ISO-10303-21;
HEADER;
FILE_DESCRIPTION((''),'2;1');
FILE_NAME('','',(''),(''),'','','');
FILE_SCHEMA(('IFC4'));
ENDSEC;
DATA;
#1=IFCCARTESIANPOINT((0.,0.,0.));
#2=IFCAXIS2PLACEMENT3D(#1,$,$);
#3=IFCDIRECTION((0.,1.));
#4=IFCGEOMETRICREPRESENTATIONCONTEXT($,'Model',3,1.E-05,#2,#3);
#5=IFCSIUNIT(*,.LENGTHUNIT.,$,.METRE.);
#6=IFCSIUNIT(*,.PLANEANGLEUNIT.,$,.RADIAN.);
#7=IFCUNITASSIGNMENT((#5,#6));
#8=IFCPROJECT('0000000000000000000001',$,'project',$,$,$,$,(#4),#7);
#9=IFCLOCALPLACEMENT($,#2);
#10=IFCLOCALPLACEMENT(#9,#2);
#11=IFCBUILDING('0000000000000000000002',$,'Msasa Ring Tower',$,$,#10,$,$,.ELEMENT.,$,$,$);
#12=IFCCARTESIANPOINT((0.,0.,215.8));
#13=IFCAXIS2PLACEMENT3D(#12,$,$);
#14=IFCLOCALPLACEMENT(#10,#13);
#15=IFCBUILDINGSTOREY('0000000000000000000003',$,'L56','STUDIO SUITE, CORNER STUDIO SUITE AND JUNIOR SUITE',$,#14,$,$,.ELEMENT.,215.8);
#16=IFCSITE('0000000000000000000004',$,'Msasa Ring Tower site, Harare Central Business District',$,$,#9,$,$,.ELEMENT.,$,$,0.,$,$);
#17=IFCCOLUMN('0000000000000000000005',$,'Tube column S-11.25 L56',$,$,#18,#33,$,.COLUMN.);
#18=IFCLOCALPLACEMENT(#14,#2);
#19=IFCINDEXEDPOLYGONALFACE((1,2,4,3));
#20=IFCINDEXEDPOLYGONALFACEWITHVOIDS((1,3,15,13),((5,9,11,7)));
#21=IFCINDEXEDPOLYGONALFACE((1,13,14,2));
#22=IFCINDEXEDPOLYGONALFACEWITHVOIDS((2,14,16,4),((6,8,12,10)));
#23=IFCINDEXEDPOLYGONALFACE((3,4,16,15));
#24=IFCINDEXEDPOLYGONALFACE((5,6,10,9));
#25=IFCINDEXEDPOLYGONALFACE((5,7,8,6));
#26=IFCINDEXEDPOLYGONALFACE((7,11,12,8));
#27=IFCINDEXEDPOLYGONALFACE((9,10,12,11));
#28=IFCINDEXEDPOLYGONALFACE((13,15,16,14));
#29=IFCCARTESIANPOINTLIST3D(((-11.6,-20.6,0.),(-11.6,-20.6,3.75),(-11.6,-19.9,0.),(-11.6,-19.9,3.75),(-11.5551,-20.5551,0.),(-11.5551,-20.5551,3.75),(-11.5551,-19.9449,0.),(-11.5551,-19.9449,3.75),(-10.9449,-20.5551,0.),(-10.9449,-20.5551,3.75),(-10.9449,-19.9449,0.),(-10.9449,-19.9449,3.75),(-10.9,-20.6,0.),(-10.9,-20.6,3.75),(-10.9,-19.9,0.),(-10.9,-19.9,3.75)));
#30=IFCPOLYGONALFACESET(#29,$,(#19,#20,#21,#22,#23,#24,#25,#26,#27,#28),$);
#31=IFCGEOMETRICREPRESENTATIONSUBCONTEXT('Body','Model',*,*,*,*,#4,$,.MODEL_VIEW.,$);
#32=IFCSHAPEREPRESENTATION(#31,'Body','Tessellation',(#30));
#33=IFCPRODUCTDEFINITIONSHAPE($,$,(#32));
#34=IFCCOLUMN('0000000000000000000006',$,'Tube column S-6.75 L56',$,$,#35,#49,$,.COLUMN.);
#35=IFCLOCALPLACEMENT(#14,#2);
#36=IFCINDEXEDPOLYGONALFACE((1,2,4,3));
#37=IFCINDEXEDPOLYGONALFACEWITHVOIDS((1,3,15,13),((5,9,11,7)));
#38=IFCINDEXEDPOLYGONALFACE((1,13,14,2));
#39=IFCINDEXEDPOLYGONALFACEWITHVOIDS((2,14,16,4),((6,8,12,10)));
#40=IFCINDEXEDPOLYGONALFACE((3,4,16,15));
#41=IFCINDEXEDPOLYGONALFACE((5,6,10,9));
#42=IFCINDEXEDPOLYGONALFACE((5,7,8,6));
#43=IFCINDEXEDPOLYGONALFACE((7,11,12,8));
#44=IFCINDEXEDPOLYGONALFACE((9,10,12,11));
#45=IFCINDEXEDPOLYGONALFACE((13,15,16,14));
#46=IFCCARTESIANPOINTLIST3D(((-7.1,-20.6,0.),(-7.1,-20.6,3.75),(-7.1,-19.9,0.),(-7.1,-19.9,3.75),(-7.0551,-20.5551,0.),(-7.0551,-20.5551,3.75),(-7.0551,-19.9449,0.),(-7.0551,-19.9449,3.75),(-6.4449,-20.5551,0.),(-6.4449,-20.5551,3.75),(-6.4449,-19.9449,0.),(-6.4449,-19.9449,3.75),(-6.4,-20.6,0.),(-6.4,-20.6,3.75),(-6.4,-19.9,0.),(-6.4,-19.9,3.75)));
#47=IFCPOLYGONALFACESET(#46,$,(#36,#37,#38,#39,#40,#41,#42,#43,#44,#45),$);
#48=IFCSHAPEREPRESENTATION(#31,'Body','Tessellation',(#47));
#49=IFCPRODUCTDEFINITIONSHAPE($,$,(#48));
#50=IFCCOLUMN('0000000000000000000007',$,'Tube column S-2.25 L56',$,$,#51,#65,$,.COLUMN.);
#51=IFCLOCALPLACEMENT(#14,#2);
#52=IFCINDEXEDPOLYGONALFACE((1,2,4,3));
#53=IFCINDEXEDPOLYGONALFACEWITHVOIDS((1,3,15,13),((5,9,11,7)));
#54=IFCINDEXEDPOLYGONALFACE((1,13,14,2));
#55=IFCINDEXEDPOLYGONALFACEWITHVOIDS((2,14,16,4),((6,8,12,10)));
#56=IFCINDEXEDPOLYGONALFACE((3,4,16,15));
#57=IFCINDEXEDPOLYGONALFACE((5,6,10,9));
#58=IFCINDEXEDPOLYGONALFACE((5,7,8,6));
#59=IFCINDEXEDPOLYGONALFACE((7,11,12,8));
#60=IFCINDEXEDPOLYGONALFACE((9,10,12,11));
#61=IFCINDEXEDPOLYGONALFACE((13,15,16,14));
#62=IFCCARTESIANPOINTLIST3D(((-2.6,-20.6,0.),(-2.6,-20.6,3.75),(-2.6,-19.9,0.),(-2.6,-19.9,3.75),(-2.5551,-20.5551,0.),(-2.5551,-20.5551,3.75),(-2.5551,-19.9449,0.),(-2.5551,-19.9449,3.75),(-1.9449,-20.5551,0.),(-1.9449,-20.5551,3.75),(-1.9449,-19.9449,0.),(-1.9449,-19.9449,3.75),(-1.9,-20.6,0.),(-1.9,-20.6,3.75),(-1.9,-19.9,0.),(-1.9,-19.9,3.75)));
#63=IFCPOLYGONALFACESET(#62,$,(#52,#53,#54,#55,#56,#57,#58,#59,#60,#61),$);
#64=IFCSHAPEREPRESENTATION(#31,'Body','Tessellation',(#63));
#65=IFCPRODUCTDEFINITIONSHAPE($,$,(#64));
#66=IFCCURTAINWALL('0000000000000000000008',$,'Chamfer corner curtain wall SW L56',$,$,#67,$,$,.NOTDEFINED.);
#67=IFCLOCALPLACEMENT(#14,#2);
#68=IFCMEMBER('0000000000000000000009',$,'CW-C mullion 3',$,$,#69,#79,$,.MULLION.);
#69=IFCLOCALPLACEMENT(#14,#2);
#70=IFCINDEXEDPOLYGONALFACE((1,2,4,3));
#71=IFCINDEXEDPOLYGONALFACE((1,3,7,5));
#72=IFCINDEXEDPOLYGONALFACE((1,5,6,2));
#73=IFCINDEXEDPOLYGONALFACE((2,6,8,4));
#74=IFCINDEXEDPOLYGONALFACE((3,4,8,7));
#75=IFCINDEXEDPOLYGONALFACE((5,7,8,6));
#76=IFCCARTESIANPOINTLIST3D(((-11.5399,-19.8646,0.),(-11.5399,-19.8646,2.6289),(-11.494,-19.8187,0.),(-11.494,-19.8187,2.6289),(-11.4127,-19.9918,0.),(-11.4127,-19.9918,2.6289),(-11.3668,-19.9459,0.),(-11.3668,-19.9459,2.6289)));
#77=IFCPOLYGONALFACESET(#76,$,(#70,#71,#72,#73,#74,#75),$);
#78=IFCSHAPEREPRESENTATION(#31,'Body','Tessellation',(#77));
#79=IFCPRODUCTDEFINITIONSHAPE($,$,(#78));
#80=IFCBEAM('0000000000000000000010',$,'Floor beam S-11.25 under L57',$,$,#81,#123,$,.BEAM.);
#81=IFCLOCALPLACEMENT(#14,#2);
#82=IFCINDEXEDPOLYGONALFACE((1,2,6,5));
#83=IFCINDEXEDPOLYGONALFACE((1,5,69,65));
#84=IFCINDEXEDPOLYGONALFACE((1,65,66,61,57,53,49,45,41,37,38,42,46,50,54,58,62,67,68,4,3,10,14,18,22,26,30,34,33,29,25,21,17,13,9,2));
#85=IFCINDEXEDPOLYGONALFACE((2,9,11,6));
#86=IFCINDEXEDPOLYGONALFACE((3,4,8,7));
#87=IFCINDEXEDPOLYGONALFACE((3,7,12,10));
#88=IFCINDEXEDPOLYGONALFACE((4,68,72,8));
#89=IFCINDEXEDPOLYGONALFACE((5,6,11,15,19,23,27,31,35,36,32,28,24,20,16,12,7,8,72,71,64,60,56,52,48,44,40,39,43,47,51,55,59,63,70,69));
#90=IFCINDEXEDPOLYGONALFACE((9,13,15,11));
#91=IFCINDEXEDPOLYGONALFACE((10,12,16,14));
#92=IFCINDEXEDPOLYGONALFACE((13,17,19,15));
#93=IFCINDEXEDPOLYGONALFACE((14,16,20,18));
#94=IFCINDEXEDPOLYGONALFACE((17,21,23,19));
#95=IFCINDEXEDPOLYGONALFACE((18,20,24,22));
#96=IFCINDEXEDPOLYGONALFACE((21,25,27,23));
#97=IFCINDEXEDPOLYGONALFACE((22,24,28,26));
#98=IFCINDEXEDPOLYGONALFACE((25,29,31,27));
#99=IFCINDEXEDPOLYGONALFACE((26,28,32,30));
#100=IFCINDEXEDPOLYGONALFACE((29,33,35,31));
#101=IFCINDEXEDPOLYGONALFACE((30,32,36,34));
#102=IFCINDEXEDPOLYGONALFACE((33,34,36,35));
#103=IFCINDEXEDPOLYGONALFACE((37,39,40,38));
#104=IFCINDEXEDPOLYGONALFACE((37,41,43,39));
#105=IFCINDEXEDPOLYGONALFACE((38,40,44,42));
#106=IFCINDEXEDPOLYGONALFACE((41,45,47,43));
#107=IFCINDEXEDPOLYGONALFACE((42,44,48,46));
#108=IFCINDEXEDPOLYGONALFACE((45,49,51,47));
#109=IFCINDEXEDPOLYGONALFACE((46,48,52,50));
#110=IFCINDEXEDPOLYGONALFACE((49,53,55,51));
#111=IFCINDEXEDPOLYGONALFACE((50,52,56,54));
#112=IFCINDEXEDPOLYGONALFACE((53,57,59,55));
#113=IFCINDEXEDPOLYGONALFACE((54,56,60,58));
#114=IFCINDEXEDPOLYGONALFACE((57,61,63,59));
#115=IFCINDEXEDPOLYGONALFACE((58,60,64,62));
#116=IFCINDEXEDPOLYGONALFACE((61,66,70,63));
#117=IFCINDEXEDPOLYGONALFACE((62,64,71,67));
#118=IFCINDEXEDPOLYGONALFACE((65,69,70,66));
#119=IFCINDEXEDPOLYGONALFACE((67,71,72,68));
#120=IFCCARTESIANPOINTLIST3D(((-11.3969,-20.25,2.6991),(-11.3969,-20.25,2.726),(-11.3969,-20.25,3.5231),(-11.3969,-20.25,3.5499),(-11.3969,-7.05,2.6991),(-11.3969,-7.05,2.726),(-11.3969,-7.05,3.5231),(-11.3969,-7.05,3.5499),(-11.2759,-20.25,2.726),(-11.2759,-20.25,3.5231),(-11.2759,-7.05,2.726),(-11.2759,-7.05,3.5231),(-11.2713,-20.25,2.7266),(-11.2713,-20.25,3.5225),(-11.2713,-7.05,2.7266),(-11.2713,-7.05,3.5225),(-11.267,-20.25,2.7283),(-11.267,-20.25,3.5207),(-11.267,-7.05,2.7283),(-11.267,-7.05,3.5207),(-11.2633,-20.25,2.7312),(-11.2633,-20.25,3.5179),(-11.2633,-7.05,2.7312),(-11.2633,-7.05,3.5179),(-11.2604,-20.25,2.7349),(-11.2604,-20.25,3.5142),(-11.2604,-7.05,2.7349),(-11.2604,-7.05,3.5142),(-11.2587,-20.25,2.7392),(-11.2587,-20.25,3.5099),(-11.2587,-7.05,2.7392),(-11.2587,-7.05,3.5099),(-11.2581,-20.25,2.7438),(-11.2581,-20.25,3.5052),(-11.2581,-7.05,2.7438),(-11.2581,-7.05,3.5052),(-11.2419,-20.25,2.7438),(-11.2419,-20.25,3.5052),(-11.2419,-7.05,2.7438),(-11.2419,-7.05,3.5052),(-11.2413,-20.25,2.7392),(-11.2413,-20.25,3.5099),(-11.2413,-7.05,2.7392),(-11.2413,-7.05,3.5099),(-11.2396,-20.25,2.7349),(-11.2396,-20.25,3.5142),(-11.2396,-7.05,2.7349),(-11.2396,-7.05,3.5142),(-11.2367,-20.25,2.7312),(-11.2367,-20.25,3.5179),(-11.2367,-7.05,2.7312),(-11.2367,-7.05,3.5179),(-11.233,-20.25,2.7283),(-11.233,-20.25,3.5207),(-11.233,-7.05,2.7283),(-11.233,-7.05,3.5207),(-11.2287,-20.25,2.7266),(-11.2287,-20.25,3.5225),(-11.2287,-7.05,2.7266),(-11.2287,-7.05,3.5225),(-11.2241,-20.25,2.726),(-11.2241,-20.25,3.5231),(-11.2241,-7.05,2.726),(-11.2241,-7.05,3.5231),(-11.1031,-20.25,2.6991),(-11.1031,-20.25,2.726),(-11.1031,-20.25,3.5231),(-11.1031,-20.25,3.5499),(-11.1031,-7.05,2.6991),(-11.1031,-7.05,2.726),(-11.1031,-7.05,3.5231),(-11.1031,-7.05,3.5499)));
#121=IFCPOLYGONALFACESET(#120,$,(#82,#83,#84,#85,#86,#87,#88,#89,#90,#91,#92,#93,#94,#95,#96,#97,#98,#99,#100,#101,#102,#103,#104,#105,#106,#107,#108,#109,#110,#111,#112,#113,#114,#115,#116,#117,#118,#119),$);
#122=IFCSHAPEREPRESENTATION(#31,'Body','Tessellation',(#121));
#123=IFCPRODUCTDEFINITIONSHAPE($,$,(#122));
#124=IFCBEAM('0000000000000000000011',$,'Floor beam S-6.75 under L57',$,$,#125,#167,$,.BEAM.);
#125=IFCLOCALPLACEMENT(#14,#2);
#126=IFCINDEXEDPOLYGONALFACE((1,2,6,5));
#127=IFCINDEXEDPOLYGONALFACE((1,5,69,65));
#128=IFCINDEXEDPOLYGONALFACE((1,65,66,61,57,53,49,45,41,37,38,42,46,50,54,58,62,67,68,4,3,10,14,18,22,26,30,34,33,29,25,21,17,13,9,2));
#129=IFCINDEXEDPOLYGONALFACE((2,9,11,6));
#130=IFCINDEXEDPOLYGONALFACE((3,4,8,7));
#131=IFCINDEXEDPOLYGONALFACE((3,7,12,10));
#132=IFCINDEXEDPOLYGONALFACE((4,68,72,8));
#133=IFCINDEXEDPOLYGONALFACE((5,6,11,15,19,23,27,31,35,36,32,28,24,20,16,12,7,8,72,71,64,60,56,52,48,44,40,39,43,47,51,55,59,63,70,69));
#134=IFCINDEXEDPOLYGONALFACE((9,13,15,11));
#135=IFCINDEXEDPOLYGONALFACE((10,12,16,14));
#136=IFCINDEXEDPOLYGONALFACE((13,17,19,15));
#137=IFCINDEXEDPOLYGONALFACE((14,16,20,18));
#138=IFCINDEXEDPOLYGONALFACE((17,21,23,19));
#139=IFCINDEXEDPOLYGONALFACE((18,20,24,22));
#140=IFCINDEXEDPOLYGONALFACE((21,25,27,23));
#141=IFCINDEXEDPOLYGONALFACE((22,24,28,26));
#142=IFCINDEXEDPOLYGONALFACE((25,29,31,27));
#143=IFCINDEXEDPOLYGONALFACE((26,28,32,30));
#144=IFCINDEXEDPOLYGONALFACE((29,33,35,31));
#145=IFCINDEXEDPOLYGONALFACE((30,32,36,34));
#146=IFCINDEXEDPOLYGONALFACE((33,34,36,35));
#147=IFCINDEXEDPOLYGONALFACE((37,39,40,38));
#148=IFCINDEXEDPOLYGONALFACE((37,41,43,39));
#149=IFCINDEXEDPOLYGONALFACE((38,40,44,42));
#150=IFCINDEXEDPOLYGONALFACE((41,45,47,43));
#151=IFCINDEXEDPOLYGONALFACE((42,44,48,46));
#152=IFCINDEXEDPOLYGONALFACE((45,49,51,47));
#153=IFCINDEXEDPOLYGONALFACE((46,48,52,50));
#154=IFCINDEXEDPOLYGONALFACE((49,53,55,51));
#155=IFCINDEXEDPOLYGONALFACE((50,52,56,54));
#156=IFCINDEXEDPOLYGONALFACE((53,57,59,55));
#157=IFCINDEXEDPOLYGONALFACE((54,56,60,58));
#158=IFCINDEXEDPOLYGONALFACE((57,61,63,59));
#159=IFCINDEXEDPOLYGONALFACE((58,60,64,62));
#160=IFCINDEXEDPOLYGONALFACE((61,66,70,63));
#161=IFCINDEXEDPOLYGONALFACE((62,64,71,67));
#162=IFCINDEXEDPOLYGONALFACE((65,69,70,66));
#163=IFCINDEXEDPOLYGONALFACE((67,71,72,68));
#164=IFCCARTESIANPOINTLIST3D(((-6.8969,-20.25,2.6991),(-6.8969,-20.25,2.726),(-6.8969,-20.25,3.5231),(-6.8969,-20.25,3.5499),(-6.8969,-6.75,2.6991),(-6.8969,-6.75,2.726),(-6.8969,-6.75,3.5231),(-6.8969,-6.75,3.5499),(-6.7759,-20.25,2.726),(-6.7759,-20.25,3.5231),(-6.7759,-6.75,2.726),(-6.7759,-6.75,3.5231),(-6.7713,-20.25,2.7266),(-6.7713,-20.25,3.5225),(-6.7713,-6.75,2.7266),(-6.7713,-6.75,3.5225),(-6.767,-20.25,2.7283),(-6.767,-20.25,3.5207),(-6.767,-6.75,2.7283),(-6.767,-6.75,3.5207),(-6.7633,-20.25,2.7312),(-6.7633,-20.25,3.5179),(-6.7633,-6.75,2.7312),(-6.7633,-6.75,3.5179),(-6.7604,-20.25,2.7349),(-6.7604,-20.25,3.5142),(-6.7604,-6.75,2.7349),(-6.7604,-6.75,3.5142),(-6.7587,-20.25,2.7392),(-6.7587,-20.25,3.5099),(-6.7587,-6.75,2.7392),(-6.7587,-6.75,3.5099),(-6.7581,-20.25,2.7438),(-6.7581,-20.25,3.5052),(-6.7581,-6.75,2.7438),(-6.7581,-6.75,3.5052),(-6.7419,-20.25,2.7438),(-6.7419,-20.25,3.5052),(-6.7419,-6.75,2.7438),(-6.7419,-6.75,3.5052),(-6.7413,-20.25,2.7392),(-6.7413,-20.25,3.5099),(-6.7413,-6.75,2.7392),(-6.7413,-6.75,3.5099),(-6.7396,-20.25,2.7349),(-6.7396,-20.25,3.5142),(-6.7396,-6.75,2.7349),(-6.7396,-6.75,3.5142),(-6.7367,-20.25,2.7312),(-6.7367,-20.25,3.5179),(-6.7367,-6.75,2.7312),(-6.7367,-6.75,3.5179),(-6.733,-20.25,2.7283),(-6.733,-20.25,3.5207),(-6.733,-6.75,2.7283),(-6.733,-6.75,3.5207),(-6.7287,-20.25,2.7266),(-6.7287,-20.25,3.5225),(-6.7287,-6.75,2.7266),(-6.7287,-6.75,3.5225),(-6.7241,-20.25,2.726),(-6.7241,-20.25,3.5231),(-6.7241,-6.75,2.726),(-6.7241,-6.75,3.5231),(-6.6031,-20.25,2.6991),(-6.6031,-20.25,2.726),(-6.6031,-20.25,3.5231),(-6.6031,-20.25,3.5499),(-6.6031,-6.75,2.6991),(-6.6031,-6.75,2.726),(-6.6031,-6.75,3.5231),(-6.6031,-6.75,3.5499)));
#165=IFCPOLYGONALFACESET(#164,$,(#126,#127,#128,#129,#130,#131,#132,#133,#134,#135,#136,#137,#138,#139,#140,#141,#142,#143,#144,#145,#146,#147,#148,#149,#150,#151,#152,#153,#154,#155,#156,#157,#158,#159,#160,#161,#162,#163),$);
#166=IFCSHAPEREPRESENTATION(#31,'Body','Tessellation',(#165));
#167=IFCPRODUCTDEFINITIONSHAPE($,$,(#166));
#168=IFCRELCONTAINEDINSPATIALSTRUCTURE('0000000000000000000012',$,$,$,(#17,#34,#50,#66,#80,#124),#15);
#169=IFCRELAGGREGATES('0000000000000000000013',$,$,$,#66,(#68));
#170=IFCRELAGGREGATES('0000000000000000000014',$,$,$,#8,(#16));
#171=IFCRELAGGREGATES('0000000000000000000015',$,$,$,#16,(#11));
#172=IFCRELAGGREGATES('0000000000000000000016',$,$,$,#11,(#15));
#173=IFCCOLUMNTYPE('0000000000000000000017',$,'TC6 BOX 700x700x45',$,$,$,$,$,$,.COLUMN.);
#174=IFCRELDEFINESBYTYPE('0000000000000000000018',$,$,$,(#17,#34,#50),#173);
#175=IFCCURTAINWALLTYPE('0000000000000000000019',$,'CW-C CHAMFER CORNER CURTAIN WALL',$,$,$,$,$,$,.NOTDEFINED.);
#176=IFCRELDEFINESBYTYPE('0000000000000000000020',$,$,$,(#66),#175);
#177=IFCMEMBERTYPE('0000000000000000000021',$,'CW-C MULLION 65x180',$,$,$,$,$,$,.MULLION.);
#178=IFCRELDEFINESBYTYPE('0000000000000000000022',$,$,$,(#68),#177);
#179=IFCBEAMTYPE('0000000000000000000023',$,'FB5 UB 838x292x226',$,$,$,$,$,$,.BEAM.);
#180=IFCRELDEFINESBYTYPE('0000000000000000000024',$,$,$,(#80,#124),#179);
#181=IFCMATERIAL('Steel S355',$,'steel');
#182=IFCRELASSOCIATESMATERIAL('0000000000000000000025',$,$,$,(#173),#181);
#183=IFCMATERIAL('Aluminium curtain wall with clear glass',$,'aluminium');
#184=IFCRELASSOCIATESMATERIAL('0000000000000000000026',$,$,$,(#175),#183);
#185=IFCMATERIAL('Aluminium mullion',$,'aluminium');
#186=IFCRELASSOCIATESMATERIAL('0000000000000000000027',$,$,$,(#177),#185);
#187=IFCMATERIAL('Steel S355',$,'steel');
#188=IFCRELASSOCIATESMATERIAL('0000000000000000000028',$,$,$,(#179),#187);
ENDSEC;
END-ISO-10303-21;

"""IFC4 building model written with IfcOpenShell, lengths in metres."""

from ifc_helpers import new_model, si_unit, direction, frame, origin, origin_2d, place, context, subcontext, project, spatial, rectangle, hollow_rectangle, i_section, extrude, material, material_profile, profile_set, type_object, element, aggregate, save


model = new_model("IFC4")

# Units and contexts
model_context = context("Model", 3, precision=1e-05, world=origin(), true_north=direction((0.0, 1.0)))
body_context = subcontext(model_context, "Body", "Model", "MODEL_VIEW")
ifc_project = project(units=[si_unit("LENGTHUNIT", "METRE"), si_unit("PLANEANGLEUNIT", "RADIAN")], contexts=[model_context])

# Site, building, storey
site_placement = place(None, origin())
site = spatial("IfcSite", under=ifc_project, at=site_placement, Name="Msasa Ring Tower site, Harare Central Business District", CompositionType="ELEMENT", RefElevation=0.0)
building_placement = place(site_placement, origin())
building = spatial("IfcBuilding", under=site, at=building_placement, Name="Msasa Ring Tower", CompositionType="ELEMENT")
storey_placement = place(building_placement, frame((0.0, 0.0, 215.8)))
storey = spatial("IfcBuildingStorey", under=building, at=storey_placement, Name="L56", Description="STUDIO SUITE, CORNER STUDIO SUITE AND JUNIOR SUITE", CompositionType="ELEMENT", Elevation=215.8)

# Columns
ifc_material_1 = material(Name="Steel S355", Category="steel")
ifc_material_profile_1 = material_profile(ifc_material_1, hollow_rectangle(XDim=0.7, YDim=0.7, WallThickness=0.0449, at=origin_2d()), Name="BOX 700x700x45")
ifc_profile_set_1 = profile_set([ifc_material_profile_1], Name="Steel S355")
column_type = type_object("IfcColumnType", Name="TC6 BOX 700x700x45", PredefinedType="COLUMN", material=ifc_profile_set_1)
for number, where, z_axis, x_axis, name in (
    (1, (-11.25, -20.25, 0.0), (0.0, 0.0, 1.0), (0.0, 1.0, 0.0), "Tube column S-11.25 L56"),
    (2, (-6.75, -20.25, 0.0), (0.0, 0.0, 1.0), (0.0, 1.0, 0.0), "Tube column S-6.75 L56"),
    (3, (-2.25, -20.25, 0.0), (0.0, 0.0, 1.0), (0.0, 1.0, 0.0), "Tube column S-2.25 L56"),
):
    element("IfcColumn", number, at=place(storey_placement, frame(where, z_axis=z_axis, x_axis=x_axis)), inside=storey, type_object=column_type, Name=name, PredefinedType="COLUMN", context=body_context, shape_type="SweptSolid", body=[
        extrude(hollow_rectangle(XDim=0.7, YDim=0.7, WallThickness=0.0449, at=origin_2d()), origin(), (0.0, 0.0, 1.0), 3.75),
    ])

# Curtain wall, member
ifc_material_2 = material(Name="Aluminium curtain wall with clear glass", Category="aluminium")
curtain_wall_type = type_object("IfcCurtainWallType", Name="CW-C CHAMFER CORNER CURTAIN WALL", PredefinedType="NOTDEFINED", material=ifc_material_2)
curtain_wall_placement = place(storey_placement, origin())
curtain_wall = element("IfcCurtainWall", 4, at=curtain_wall_placement, inside=storey, type_object=curtain_wall_type, Name="Chamfer corner curtain wall SW L56", PredefinedType="NOTDEFINED")
ifc_material_3 = material(Name="Aluminium mullion", Category="aluminium")
ifc_material_profile_2 = material_profile(ifc_material_3, rectangle(XDim=0.0649, YDim=0.1799, at=origin_2d()), Name="AL 65x180")
ifc_profile_set_2 = profile_set([ifc_material_profile_2], Name="Aluminium mullion")
member_type = type_object("IfcMemberType", Name="CW-C MULLION 65x180", PredefinedType="MULLION", material=ifc_profile_set_2)
member_placement = place(storey_placement, frame((-11.4534, -19.9053, 0.0), z_axis=(0.0, 0.0, 1.0), x_axis=(0.707107, 0.707107, 0.0)))
member = element("IfcMember", 5, at=member_placement, type_object=member_type, Name="CW-C mullion 3", PredefinedType="MULLION", context=body_context, shape_type="SweptSolid", body=[
    extrude(rectangle(XDim=0.0649, YDim=0.1799, at=origin_2d()), origin(), (0.0, 0.0, 1.0), 2.6289),
])

# Beams
ifc_material_4 = material(Name="Steel S355", Category="steel")
ifc_material_profile_3 = material_profile(ifc_material_4, i_section(OverallWidth=0.2937, OverallDepth=0.8508, WebThickness=0.0161, FlangeThickness=0.0269, FilletRadius=0.0178, at=origin_2d()), Name="UB 838x292x226")
ifc_profile_set_3 = profile_set([ifc_material_profile_3], Name="Steel S355")
beam_type_1 = type_object("IfcBeamType", Name="FB5 UB 838x292x226", PredefinedType="BEAM", material=ifc_profile_set_3)
beam_placement = place(storey_placement, frame((-11.25, -20.25, 3.1245), z_axis=(0.0, 1.0, 0.0), x_axis=(-1.0, 0.0, 0.0)))
element("IfcBeam", 6, at=beam_placement, inside=storey, type_object=beam_type_1, Name="Floor beam S-11.25 under L57", PredefinedType="BEAM", context=body_context, shape_type="SweptSolid", body=[
    extrude(i_section(OverallWidth=0.2937, OverallDepth=0.8508, WebThickness=0.0161, FlangeThickness=0.0269, FilletRadius=0.0178, at=origin_2d()), origin(), (0.0, 0.0, 1.0), 13.2),
])
for number, where, z_axis, x_axis, name in (
    (7, (-6.75, -20.25, 3.1245), (0.0, 1.0, 0.0), (-1.0, 0.0, 0.0), "Floor beam S-6.75 under L57"),
):
    element("IfcBeam", number, at=place(storey_placement, frame(where, z_axis=z_axis, x_axis=x_axis)), inside=storey, type_object=beam_type_1, Name=name, PredefinedType="BEAM", context=body_context, shape_type="SweptSolid", body=[
        extrude(i_section(OverallWidth=0.2937, OverallDepth=0.8508, WebThickness=0.0161, FlangeThickness=0.0269, FilletRadius=0.0178, at=origin_2d()), origin(), (0.0, 0.0, 1.0), 13.5),
    ])

aggregate(curtain_wall, [member])

save(model, "model.ifc")
